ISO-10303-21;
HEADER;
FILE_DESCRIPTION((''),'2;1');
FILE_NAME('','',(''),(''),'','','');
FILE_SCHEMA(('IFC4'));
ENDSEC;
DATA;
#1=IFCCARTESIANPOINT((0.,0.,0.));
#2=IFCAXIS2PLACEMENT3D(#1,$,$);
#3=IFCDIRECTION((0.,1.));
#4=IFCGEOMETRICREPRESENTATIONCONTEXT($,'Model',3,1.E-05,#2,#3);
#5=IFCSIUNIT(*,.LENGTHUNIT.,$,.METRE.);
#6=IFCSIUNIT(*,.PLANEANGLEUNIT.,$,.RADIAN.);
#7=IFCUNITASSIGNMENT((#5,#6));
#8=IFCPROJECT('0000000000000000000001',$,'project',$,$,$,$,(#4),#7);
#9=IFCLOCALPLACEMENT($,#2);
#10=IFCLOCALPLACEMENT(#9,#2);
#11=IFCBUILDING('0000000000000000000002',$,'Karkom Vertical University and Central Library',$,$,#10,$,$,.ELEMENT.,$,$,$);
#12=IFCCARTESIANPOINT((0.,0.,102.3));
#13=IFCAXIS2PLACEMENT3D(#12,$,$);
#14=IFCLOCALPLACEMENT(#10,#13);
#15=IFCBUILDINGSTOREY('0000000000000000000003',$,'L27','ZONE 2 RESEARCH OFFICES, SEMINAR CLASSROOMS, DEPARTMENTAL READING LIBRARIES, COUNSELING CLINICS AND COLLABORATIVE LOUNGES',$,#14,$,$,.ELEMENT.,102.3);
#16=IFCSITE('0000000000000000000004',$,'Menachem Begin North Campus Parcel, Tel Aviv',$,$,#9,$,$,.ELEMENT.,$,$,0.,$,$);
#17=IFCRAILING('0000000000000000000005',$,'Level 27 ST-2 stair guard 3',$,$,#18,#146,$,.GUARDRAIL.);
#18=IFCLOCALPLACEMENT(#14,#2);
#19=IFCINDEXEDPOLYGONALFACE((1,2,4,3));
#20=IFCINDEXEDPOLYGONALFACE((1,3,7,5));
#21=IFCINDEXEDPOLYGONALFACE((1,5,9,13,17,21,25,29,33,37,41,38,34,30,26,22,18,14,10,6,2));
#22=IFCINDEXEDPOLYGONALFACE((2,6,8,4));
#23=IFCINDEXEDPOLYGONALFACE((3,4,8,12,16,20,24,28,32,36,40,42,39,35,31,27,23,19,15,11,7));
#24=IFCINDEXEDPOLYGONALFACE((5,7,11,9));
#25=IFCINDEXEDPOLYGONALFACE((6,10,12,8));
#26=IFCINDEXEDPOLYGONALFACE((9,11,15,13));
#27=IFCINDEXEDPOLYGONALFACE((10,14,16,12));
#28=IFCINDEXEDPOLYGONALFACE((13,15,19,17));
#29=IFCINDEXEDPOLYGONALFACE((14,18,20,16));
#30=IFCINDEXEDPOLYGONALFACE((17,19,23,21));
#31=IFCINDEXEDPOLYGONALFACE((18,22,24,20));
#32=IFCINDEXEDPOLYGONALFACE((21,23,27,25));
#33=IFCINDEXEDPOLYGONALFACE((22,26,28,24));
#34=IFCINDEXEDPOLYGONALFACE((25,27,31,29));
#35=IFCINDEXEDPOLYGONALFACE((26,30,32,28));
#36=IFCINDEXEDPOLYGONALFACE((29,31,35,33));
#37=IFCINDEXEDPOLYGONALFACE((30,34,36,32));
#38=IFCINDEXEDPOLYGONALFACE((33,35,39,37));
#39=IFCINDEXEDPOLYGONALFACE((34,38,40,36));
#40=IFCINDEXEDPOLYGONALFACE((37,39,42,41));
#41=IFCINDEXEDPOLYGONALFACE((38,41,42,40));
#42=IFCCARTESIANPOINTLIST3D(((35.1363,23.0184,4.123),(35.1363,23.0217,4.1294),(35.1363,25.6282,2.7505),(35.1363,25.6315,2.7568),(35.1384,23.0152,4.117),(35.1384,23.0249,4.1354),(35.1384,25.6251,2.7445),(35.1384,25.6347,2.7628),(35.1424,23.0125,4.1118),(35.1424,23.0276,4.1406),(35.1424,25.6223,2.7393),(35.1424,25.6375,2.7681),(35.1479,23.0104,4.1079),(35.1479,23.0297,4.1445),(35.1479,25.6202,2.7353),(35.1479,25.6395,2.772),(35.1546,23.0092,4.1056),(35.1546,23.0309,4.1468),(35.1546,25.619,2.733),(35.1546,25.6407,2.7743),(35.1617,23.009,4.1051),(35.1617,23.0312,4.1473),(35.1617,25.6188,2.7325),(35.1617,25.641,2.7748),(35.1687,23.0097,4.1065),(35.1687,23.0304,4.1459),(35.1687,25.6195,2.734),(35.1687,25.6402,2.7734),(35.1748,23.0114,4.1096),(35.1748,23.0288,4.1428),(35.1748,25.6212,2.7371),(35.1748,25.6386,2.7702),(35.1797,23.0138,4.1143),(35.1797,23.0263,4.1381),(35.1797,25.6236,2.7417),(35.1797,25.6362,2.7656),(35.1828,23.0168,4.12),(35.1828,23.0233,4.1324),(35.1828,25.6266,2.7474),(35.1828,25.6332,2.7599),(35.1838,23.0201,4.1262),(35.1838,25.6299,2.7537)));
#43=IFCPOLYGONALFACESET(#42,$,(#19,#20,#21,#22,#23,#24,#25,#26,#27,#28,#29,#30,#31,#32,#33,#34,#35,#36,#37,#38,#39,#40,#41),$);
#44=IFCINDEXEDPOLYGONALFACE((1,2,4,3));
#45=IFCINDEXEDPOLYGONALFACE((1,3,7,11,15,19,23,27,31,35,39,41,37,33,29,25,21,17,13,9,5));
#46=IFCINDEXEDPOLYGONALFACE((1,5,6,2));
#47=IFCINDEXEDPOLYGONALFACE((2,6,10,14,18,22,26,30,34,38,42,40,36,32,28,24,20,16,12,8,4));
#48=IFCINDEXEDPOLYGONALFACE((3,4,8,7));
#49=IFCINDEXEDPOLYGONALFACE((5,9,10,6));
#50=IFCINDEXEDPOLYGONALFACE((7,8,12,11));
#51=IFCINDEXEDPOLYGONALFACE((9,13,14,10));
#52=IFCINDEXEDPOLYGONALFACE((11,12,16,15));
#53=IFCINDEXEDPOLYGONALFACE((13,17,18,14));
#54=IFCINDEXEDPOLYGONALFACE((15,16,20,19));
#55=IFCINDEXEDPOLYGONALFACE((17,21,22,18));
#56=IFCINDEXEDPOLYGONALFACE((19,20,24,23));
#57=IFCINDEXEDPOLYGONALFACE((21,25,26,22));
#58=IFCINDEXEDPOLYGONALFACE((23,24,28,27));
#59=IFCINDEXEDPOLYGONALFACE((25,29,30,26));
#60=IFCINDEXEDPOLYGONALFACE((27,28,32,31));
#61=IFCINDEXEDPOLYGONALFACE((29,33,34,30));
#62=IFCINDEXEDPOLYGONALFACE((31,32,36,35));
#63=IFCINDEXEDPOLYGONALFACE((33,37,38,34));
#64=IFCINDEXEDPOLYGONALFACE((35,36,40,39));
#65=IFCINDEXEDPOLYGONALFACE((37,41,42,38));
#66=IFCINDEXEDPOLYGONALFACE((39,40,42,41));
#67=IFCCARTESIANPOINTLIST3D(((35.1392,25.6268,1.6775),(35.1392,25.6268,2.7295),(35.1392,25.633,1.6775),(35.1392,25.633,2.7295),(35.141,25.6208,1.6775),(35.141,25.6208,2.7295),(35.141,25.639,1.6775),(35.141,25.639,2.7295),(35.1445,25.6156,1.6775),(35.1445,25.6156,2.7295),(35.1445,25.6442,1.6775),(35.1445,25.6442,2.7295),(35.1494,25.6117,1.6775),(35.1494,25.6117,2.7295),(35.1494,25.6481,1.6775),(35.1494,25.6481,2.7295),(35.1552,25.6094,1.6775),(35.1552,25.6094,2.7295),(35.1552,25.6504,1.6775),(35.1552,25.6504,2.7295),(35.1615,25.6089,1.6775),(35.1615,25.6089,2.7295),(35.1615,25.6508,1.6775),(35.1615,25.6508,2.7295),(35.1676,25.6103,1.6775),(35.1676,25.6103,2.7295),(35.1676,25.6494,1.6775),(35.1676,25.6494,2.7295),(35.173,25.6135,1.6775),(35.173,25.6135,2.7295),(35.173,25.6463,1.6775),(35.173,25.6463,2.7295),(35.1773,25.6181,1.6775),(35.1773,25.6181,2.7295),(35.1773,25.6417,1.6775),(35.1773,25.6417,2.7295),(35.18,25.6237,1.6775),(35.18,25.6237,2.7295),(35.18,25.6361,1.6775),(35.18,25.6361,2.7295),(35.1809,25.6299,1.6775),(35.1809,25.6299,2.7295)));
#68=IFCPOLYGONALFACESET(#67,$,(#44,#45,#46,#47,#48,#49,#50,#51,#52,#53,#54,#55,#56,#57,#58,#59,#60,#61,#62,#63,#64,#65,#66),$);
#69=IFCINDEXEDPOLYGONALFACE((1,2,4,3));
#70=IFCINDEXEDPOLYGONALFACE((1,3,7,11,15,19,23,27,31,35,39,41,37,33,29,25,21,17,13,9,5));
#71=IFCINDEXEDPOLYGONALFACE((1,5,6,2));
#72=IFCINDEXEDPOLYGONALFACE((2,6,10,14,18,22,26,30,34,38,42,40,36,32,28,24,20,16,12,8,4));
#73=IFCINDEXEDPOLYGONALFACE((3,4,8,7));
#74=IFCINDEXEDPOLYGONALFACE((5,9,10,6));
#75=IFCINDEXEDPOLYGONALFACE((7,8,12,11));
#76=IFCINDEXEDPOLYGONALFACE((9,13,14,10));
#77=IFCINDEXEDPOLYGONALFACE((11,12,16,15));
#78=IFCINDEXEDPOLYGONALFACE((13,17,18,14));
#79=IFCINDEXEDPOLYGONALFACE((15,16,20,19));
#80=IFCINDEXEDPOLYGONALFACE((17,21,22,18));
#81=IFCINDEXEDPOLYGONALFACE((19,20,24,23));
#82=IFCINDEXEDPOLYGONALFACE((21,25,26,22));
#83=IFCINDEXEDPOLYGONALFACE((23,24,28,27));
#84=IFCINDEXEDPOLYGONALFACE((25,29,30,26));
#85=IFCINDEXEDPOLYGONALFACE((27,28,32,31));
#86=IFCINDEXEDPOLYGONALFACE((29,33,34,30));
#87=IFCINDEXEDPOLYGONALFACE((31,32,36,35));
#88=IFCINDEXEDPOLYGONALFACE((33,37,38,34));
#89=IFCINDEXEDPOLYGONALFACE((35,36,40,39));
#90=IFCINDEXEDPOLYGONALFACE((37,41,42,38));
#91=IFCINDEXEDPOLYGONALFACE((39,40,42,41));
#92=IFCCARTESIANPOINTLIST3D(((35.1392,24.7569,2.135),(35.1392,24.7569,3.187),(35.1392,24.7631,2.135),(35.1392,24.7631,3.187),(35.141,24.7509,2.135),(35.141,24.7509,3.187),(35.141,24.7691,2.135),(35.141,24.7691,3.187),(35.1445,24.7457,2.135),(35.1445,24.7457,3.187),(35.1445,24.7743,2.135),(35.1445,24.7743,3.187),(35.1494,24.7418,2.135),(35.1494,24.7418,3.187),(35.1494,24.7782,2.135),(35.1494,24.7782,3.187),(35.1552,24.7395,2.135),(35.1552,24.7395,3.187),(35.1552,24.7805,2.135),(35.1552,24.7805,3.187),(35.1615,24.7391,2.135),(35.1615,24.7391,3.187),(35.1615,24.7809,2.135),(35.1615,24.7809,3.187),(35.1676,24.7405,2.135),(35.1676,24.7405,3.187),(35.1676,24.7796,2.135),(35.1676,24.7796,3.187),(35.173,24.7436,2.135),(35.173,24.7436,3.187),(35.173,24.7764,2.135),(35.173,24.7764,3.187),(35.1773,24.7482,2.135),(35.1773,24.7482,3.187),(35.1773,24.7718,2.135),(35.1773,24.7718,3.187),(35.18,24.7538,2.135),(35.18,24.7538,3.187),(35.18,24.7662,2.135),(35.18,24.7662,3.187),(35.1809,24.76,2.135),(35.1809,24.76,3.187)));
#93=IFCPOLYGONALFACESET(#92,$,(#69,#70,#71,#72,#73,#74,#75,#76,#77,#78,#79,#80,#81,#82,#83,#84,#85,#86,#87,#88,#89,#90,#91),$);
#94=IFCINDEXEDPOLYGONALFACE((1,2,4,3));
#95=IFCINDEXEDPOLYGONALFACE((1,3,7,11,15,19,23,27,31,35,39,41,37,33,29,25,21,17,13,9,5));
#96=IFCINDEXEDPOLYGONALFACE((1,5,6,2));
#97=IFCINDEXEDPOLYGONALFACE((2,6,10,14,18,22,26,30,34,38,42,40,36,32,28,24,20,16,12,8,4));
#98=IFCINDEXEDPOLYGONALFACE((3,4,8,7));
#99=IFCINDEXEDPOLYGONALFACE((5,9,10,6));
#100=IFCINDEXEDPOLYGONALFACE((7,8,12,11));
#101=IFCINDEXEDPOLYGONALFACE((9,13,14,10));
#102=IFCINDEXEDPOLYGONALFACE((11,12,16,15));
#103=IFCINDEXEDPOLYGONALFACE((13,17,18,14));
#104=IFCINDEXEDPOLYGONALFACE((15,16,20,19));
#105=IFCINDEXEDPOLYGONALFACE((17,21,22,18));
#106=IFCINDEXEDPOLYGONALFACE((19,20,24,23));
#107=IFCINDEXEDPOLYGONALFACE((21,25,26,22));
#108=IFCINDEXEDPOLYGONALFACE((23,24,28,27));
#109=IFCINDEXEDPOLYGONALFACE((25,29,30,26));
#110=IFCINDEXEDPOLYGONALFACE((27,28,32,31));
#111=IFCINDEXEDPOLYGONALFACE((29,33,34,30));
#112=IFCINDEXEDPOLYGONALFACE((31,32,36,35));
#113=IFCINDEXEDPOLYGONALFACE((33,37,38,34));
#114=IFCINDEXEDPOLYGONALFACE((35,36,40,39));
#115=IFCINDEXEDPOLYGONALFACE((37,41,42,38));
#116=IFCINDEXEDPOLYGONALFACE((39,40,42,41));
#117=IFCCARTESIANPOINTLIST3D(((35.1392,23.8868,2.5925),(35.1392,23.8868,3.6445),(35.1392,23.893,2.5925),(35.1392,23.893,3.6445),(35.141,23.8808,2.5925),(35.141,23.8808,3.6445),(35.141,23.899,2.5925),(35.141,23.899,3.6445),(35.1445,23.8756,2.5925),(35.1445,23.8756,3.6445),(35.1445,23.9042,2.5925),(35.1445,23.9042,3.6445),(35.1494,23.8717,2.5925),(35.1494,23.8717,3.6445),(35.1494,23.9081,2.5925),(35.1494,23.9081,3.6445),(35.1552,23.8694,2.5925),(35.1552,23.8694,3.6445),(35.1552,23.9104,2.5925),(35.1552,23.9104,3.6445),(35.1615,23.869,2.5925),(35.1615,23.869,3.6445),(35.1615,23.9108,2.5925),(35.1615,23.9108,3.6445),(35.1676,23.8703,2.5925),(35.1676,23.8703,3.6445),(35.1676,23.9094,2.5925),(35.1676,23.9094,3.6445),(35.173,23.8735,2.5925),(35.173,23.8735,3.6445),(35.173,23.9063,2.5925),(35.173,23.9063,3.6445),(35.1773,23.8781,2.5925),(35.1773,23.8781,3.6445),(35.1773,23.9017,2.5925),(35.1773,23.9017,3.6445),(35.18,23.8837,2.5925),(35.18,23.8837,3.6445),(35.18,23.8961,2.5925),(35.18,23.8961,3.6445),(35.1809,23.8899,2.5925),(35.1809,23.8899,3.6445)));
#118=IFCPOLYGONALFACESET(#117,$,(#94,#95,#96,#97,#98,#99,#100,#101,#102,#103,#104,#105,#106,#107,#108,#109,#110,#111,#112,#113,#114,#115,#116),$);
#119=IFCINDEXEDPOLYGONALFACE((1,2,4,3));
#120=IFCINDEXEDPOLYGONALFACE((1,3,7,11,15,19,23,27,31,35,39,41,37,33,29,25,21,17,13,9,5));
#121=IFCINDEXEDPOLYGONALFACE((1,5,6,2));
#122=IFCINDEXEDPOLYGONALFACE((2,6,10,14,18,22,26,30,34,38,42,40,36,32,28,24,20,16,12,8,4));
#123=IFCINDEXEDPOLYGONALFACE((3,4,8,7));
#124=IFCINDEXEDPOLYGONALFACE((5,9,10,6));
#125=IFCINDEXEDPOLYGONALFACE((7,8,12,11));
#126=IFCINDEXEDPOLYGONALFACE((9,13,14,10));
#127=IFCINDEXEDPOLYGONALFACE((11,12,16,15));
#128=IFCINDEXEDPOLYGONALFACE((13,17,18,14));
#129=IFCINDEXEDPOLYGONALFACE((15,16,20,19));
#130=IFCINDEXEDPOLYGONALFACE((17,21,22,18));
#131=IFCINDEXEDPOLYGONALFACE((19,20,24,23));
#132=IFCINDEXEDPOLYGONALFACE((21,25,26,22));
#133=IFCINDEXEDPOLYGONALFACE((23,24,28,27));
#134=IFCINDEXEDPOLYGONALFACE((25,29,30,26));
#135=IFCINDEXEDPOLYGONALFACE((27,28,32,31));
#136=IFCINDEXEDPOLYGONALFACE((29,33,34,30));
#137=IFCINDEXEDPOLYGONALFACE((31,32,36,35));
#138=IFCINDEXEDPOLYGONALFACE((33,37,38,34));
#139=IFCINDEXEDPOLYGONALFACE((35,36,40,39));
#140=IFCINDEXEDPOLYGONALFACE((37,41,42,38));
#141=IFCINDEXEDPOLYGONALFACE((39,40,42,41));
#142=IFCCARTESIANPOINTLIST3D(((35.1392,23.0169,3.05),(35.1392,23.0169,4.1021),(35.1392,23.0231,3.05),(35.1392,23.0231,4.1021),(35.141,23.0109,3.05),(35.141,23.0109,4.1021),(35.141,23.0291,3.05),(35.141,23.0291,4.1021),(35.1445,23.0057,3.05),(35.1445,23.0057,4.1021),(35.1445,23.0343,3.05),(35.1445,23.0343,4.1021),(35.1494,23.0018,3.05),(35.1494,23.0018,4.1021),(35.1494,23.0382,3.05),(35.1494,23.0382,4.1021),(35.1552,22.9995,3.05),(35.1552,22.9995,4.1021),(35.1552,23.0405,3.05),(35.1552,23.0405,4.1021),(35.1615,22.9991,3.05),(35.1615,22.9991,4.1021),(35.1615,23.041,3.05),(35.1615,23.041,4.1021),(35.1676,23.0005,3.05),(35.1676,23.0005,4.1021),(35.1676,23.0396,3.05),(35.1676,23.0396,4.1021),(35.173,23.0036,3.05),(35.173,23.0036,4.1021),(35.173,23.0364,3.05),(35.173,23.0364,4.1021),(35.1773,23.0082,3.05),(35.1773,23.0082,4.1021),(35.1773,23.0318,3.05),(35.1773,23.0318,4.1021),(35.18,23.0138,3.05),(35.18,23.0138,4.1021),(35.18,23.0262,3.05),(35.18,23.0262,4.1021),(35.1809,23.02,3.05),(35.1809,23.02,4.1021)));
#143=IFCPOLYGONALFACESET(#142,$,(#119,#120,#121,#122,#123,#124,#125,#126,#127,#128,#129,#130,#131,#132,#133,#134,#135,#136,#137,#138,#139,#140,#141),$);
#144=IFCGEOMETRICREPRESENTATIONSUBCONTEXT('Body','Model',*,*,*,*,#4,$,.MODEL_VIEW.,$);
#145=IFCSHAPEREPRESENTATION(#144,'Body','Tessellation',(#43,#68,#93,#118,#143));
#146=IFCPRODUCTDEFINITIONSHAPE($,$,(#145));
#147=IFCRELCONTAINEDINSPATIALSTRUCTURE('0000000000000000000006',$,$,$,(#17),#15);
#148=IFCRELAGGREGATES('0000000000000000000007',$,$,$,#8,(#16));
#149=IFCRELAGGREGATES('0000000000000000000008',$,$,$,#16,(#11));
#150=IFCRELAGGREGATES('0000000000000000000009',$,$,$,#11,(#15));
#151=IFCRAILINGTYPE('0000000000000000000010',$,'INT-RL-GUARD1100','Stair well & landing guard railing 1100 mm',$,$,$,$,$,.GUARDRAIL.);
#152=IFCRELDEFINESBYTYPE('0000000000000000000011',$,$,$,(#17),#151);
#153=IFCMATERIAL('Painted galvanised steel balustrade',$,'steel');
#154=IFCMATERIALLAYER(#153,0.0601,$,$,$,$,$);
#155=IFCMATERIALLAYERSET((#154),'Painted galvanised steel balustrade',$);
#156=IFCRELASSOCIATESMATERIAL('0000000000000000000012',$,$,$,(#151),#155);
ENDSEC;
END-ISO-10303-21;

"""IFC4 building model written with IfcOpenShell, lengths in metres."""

from ifc_helpers import new_model, si_unit, direction, frame, origin, origin_2d, place, context, subcontext, project, spatial, circle, extrude, material, layer, layer_set, type_object, element, save


model = new_model("IFC4")

# Units and contexts
model_context = context("Model", 3, precision=1e-05, world=origin(), true_north=direction((0.0, 1.0)))
body_context = subcontext(model_context, "Body", "Model", "MODEL_VIEW")
ifc_project = project(units=[si_unit("LENGTHUNIT", "METRE"), si_unit("PLANEANGLEUNIT", "RADIAN")], contexts=[model_context])

# Site, building, storey
site_placement = place(None, origin())
site = spatial("IfcSite", under=ifc_project, at=site_placement, Name="Menachem Begin North Campus Parcel, Tel Aviv", CompositionType="ELEMENT", RefElevation=0.0)
building_placement = place(site_placement, origin())
building = spatial("IfcBuilding", under=site, at=building_placement, Name="Karkom Vertical University and Central Library", CompositionType="ELEMENT")
storey_placement = place(building_placement, frame((0.0, 0.0, 102.3)))
storey = spatial("IfcBuildingStorey", under=building, at=storey_placement, Name="L27", Description="ZONE 2 RESEARCH OFFICES, SEMINAR CLASSROOMS, DEPARTMENTAL READING LIBRARIES, COUNSELING CLINICS AND COLLABORATIVE LOUNGES", CompositionType="ELEMENT", Elevation=102.3)

# Railing
ifc_material_1 = material(Name="Painted galvanised steel balustrade", Category="steel")
ifc_layer_1 = layer(ifc_material_1, 0.0601)
ifc_layer_set_1 = layer_set([ifc_layer_1], Name="Painted galvanised steel balustrade")
railing_type = type_object("IfcRailingType", Name="INT-RL-GUARD1100", Description="Stair well & landing guard railing 1100 mm", PredefinedType="GUARDRAIL", material=ifc_layer_set_1)
railing_placement = place(storey_placement, frame((35.1599, 25.6299, 1.6775)))
element("IfcRailing", 1, at=railing_placement, inside=storey, type_object=railing_type, Name="Level 27 ST-2 stair guard 3", PredefinedType="GUARDRAIL", context=body_context, shape_type="SweptSolid", body=[
    extrude(circle(Radius=0.0239, at=origin_2d()), frame((0.0, 0.0, 1.0762), z_axis=(0.0, -0.885065, 0.465467), x_axis=(1.0, 0.0, 0.0)), (0.0, 0.0, 1.0), 2.9487),
    extrude(circle(Radius=0.021, at=origin_2d()), origin(), (0.0, 0.0, 1.0), 1.052),
    extrude(circle(Radius=0.021, at=origin_2d()), frame((0.0, -0.8699, 0.4575)), (0.0, 0.0, 1.0), 1.052),
    extrude(circle(Radius=0.021, at=origin_2d()), frame((0.0, -1.74, 0.915)), (0.0, 0.0, 1.0), 1.052),
    extrude(circle(Radius=0.021, at=origin_2d()), frame((0.0, -2.6099, 1.3726)), (0.0, 0.0, 1.0), 1.052),
])

save(model, "model.ifc")
